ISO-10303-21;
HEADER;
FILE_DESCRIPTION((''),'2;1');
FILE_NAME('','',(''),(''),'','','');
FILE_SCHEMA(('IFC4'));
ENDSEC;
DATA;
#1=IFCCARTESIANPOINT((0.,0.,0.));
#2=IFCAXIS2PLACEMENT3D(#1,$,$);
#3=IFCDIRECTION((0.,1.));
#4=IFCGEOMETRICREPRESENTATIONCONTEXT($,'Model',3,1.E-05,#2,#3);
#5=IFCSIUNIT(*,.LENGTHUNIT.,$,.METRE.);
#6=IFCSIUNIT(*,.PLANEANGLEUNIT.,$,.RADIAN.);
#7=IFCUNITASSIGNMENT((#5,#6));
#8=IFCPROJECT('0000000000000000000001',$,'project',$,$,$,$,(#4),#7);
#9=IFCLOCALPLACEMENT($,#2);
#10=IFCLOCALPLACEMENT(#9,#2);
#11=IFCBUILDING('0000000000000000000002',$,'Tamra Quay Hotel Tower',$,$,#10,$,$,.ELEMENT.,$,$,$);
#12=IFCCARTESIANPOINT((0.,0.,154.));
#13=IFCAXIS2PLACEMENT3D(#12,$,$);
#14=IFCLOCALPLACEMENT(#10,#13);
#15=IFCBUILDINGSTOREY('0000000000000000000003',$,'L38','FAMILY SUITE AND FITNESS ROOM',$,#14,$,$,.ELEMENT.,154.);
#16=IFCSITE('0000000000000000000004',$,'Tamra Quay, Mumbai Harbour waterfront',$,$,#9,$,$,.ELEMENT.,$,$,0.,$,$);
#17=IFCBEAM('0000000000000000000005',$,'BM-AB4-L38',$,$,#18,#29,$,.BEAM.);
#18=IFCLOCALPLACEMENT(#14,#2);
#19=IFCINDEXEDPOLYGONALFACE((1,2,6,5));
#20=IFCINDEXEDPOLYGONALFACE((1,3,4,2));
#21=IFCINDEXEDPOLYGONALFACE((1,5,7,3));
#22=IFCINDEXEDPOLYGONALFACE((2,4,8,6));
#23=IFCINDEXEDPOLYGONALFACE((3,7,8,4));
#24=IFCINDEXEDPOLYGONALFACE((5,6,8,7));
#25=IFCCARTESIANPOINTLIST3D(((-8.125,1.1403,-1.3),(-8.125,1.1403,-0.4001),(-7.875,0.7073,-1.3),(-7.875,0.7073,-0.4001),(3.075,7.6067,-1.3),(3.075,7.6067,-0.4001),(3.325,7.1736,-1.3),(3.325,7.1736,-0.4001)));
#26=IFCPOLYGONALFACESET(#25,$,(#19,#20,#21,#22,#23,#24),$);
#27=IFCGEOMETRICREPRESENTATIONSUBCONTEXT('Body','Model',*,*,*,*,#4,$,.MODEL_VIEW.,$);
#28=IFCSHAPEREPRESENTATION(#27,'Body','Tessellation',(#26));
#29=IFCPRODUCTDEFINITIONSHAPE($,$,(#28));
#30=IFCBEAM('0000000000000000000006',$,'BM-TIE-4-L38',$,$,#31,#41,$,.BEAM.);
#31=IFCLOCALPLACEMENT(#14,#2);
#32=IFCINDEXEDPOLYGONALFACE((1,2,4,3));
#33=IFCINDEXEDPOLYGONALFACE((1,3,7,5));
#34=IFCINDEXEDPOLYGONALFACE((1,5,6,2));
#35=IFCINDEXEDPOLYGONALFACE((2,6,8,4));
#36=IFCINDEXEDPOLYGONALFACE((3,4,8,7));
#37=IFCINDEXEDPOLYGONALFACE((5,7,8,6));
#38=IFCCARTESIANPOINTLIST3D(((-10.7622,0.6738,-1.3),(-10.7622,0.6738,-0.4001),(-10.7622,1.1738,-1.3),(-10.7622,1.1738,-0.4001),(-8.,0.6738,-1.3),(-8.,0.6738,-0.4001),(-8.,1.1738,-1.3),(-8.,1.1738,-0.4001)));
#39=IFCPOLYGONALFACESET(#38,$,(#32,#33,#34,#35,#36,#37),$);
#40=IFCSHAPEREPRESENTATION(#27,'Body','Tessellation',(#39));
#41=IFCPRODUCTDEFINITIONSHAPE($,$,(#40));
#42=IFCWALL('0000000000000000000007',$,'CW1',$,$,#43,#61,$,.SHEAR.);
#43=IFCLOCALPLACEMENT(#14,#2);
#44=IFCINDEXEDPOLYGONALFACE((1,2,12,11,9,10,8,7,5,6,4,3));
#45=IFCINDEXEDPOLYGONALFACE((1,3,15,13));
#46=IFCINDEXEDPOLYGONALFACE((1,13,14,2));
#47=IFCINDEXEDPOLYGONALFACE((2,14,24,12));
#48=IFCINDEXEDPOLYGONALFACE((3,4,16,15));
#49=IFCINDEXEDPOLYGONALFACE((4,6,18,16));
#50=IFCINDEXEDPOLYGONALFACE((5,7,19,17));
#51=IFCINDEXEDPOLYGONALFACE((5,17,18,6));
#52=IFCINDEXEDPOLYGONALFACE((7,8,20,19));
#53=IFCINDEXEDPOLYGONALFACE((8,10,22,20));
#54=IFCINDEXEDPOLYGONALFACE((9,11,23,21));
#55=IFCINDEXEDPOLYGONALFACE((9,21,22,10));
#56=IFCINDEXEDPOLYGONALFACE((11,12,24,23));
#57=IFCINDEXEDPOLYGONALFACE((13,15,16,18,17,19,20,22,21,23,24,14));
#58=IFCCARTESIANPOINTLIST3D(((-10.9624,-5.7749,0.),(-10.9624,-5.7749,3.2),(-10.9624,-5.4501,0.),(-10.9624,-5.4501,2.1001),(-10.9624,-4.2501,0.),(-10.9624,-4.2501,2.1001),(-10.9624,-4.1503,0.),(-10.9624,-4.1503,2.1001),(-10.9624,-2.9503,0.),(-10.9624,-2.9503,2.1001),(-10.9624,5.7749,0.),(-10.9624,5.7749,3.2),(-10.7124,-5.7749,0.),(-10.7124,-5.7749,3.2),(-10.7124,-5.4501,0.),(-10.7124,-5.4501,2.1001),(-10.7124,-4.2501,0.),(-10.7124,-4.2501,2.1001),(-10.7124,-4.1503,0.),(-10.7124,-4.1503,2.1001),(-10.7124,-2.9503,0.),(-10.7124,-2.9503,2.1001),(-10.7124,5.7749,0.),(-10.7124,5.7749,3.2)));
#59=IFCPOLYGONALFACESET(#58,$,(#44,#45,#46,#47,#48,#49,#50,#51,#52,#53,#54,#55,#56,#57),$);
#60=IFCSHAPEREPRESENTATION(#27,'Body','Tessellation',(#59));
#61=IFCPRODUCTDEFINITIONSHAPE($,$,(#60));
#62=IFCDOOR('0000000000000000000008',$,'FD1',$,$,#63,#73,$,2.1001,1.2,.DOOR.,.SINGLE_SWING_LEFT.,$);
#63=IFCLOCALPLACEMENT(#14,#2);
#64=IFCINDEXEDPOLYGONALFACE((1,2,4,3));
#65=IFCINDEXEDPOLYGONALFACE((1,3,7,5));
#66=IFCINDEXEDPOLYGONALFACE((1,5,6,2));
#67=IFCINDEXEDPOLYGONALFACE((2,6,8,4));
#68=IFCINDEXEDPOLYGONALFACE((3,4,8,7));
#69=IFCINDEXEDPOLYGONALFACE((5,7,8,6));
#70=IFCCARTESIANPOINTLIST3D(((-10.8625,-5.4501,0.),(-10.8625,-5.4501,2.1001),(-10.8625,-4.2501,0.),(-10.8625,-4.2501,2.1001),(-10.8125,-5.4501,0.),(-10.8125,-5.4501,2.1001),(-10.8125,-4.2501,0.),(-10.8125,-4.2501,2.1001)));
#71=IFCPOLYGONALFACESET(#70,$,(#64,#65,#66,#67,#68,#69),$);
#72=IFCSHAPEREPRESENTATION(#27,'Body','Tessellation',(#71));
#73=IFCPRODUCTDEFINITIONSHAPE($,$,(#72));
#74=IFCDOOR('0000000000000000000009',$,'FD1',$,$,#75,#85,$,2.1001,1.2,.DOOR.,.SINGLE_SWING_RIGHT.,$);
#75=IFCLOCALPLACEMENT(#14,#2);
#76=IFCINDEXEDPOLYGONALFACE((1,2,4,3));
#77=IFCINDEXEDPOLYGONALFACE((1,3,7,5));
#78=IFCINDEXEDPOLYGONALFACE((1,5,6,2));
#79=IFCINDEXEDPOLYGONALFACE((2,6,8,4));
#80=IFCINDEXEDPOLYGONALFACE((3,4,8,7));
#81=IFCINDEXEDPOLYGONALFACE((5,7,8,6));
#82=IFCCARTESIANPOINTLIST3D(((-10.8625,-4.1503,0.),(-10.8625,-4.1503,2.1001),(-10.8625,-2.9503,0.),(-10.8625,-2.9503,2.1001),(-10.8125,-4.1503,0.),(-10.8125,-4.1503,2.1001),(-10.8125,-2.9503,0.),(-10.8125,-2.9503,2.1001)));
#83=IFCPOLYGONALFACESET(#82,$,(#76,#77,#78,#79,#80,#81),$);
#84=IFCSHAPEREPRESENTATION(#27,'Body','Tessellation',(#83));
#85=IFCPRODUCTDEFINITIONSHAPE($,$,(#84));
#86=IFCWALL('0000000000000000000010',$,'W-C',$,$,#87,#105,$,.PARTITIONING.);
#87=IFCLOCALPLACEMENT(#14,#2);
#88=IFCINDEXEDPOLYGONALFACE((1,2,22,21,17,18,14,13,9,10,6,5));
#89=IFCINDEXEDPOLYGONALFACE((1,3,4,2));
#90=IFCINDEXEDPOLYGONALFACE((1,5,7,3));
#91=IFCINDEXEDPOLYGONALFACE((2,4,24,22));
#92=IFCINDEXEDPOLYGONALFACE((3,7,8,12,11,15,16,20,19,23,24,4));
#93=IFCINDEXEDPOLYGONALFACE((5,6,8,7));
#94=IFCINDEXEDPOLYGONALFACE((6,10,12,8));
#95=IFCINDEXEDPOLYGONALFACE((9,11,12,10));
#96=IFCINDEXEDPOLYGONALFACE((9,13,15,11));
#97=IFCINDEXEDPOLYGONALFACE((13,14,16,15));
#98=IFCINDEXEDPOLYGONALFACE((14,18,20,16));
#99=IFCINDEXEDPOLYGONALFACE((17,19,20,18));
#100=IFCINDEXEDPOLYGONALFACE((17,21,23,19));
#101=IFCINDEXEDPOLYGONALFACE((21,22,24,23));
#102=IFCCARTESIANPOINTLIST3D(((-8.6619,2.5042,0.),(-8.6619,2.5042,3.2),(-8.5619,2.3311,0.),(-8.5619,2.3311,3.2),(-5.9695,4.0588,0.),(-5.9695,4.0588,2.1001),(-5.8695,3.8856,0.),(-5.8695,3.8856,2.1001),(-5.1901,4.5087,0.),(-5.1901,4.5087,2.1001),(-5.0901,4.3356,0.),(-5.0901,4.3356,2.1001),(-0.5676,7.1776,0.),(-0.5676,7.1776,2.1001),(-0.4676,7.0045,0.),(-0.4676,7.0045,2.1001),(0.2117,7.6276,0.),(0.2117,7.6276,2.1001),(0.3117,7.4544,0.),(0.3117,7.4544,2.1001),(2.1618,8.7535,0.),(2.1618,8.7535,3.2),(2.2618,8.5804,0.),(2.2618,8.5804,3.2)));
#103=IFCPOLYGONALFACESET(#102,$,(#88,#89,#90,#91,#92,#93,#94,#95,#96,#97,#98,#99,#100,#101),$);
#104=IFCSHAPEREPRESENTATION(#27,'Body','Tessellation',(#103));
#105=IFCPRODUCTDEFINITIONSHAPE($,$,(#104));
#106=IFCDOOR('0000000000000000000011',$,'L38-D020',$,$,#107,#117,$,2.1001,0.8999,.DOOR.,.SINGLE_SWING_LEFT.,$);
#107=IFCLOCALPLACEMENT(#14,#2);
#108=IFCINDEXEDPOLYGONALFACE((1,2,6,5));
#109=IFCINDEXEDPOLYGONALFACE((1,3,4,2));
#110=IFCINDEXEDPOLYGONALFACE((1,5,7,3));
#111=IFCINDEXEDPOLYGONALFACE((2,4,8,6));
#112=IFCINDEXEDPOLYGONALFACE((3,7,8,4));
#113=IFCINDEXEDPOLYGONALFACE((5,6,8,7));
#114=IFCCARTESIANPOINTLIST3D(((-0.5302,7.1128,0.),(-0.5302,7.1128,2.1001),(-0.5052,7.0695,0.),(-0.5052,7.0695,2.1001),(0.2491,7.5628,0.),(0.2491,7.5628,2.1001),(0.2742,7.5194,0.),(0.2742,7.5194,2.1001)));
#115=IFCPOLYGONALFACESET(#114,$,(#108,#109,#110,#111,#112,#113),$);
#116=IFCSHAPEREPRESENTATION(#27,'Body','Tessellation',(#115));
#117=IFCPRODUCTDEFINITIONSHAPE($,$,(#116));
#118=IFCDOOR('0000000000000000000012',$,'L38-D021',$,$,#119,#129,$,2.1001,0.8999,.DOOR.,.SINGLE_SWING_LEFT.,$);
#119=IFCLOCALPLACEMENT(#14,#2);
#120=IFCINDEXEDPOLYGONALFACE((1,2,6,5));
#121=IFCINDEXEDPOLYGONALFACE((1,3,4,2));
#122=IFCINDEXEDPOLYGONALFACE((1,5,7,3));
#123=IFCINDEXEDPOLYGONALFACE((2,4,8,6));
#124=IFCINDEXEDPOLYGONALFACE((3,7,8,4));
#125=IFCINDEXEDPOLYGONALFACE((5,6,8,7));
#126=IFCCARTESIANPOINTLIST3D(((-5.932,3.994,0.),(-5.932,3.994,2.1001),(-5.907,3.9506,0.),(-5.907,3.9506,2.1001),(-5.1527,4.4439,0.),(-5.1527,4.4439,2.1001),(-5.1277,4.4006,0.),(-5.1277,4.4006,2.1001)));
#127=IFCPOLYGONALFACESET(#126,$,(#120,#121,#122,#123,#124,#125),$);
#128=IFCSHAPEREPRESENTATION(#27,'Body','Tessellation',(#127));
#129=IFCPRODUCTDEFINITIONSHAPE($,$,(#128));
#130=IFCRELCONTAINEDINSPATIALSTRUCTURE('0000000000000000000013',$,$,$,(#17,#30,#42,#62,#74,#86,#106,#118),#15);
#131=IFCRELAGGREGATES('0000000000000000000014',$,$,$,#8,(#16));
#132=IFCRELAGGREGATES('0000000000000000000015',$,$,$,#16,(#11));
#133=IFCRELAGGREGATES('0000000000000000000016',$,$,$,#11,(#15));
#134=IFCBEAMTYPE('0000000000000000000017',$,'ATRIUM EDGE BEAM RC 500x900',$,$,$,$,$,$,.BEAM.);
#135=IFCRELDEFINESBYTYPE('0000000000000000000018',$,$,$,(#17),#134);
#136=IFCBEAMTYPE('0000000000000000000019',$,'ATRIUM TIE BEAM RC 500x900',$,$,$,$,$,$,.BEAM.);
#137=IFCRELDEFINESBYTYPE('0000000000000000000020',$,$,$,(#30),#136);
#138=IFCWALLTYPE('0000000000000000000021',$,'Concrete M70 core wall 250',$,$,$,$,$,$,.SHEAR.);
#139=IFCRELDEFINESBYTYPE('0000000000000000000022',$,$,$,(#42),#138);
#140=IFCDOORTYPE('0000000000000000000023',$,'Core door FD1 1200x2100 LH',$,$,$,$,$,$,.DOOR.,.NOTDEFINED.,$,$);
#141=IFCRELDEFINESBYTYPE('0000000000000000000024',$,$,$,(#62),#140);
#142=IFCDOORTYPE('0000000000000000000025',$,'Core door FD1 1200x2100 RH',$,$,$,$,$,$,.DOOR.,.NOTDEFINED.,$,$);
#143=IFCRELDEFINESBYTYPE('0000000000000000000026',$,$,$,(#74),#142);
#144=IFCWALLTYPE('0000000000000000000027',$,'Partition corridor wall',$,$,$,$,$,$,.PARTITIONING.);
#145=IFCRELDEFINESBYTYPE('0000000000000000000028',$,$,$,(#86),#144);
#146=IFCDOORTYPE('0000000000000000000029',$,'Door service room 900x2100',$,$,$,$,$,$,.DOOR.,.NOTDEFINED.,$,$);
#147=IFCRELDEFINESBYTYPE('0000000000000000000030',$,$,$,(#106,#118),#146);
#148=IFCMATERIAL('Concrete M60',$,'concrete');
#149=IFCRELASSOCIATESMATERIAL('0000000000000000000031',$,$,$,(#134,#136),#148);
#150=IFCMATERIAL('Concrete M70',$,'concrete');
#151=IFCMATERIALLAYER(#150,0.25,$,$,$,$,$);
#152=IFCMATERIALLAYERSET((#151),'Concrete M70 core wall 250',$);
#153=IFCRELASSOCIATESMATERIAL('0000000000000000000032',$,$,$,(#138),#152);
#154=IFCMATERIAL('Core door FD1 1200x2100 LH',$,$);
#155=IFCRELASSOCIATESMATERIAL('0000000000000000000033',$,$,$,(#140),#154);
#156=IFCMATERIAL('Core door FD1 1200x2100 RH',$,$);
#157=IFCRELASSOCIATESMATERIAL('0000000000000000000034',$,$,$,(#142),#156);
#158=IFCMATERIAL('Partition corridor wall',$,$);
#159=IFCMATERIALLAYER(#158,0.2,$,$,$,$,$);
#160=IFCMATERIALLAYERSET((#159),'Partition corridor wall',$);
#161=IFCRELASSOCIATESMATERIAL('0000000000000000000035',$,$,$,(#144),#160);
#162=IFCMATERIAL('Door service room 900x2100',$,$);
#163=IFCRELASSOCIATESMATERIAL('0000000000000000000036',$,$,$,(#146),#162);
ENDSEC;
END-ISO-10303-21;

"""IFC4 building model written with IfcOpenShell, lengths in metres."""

from ifc_helpers import new_model, si_unit, direction, frame, frame_2d, origin, origin_2d, place, context, subcontext, project, spatial, rectangle, extrude, material, layer, layer_set, material_profile, profile_set, type_object, element, fill, save


model = new_model("IFC4")

# Units and contexts
model_context = context("Model", 3, precision=1e-05, world=origin(), true_north=direction((0.0, 1.0)))
body_context = subcontext(model_context, "Body", "Model", "MODEL_VIEW")
ifc_project = project(units=[si_unit("LENGTHUNIT", "METRE"), si_unit("PLANEANGLEUNIT", "RADIAN")], contexts=[model_context])

# Site, building, storey
site_placement = place(None, origin())
site = spatial("IfcSite", under=ifc_project, at=site_placement, Name="Tamra Quay, Mumbai Harbour waterfront", CompositionType="ELEMENT", RefElevation=0.0)
building_placement = place(site_placement, origin())
building = spatial("IfcBuilding", under=site, at=building_placement, Name="Tamra Quay Hotel Tower", CompositionType="ELEMENT")
storey_placement = place(building_placement, frame((0.0, 0.0, 154.0)))
storey = spatial("IfcBuildingStorey", under=building, at=storey_placement, Name="L38", Description="FAMILY SUITE AND FITNESS ROOM", CompositionType="ELEMENT", Elevation=154.0)

# Beams
ifc_material_1 = material(Name="Concrete M60", Category="concrete")
ifc_material_profile_1 = material_profile(ifc_material_1, rectangle(XDim=0.5, YDim=0.8999, at=origin_2d()), Name="ATRIUM EDGE BEAM RC 500x900")
ifc_profile_set_1 = profile_set([ifc_material_profile_1], Name="Concrete M60")
beam_type_1 = type_object("IfcBeamType", Name="ATRIUM EDGE BEAM RC 500x900", PredefinedType="BEAM", material=ifc_profile_set_1)
beam_1_placement = place(storey_placement, frame((-8.0, 0.9238, -0.8501), z_axis=(0.866025, 0.500001, 0.0), x_axis=(-0.500001, 0.866025, 0.0)))
element("IfcBeam", 1, at=beam_1_placement, inside=storey, type_object=beam_type_1, Name="BM-AB4-L38", PredefinedType="BEAM", context=body_context, shape_type="SweptSolid", body=[
    extrude(rectangle(XDim=0.5, YDim=0.8999, at=origin_2d()), origin(), (0.0, 0.0, 1.0), 12.9326),
])
ifc_material_profile_2 = material_profile(ifc_material_1, rectangle(XDim=0.5, YDim=0.8999, at=origin_2d()), Name="ATRIUM TIE BEAM RC 500x900")
ifc_profile_set_2 = profile_set([ifc_material_profile_2], Name="Concrete M60")
beam_type_2 = type_object("IfcBeamType", Name="ATRIUM TIE BEAM RC 500x900", PredefinedType="BEAM", material=ifc_profile_set_2)
beam_2_placement = place(storey_placement, frame((-8.0, 0.9238, -0.8501), z_axis=(-1.0, 0.0, 0.0), x_axis=(0.0, -1.0, 0.0)))
element("IfcBeam", 2, at=beam_2_placement, inside=storey, type_object=beam_type_2, Name="BM-TIE-4-L38", PredefinedType="BEAM", context=body_context, shape_type="SweptSolid", body=[
    extrude(rectangle(XDim=0.5, YDim=0.8999, at=origin_2d()), origin(), (0.0, 0.0, 1.0), 2.7622),
])

# Walls, openings, doors
ifc_material_2 = material(Name="Concrete M70", Category="concrete")
ifc_layer_1 = layer(ifc_material_2, 0.25)
ifc_layer_set_1 = layer_set([ifc_layer_1], Name="Concrete M70 core wall 250")
wall_type_1 = type_object("IfcWallType", Name="Concrete M70 core wall 250", PredefinedType="SHEAR", material=ifc_layer_set_1)
wall_1_placement = place(storey_placement, frame((-10.8374, 5.7749, 0.0), z_axis=(0.0, 0.0, 1.0), x_axis=(0.0, -1.0, 0.0)))
wall_1 = element("IfcWall", 3, at=wall_1_placement, inside=storey, type_object=wall_type_1, Name="CW1", PredefinedType="SHEAR", context=body_context, shape_type="SweptSolid", body=[
    extrude(rectangle(XDim=11.5498, YDim=0.25, at=frame_2d((5.7749, 0.0))), origin(), (0.0, 0.0, 1.0), 3.2),
])
opening_1_placement = place(wall_1_placement, frame((10.0249, 0.0, 0.0)))
opening_1 = element("IfcOpeningElement", 4, at=opening_1_placement, cuts=wall_1, PredefinedType="OPENING", context=body_context, shape_type="SweptSolid", body=[
    extrude(rectangle(XDim=1.2, YDim=2.1001, at=frame_2d((0.6001, 1.05))), frame((0.0, 0.135, 0.0), z_axis=(0.0, -1.0, 0.0), x_axis=(1.0, 0.0, 0.0)), (0.0, 0.0, 1.0), 0.27),
])
opening_2_placement = place(wall_1_placement, frame((8.7251, 0.0, 0.0)))
opening_2 = element("IfcOpeningElement", 5, at=opening_2_placement, cuts=wall_1, PredefinedType="OPENING", context=body_context, shape_type="SweptSolid", body=[
    extrude(rectangle(XDim=1.2, YDim=2.1001, at=frame_2d((0.6001, 1.05))), frame((0.0, 0.135, 0.0), z_axis=(0.0, -1.0, 0.0), x_axis=(1.0, 0.0, 0.0)), (0.0, 0.0, 1.0), 0.27),
])
ifc_material_3 = material(Name="Core door FD1 1200x2100 LH")
door_type_1 = type_object("IfcDoorType", Name="Core door FD1 1200x2100 LH", OperationType="NOTDEFINED", PredefinedType="DOOR", material=ifc_material_3)
door_1_placement = place(opening_1_placement, origin())
door_1 = element("IfcDoor", 6, at=door_1_placement, inside=storey, type_object=door_type_1, Name="FD1", OperationType="SINGLE_SWING_LEFT", OverallHeight=2.1001, OverallWidth=1.2, PredefinedType="DOOR", context=body_context, shape_type="SweptSolid", body=[
    extrude(rectangle(XDim=1.2, YDim=2.1001, at=frame_2d((0.6001, 1.05))), frame((0.0, 0.0249, 0.0), z_axis=(0.0, -1.0, 0.0), x_axis=(1.0, 0.0, 0.0)), (0.0, 0.0, 1.0), 0.05),
])
fill(opening_1, door_1)
ifc_material_4 = material(Name="Core door FD1 1200x2100 RH")
door_type_2 = type_object("IfcDoorType", Name="Core door FD1 1200x2100 RH", OperationType="NOTDEFINED", PredefinedType="DOOR", material=ifc_material_4)
door_2_placement = place(opening_2_placement, origin())
door_2 = element("IfcDoor", 7, at=door_2_placement, inside=storey, type_object=door_type_2, Name="FD1", OperationType="SINGLE_SWING_RIGHT", OverallHeight=2.1001, OverallWidth=1.2, PredefinedType="DOOR", context=body_context, shape_type="SweptSolid", body=[
    extrude(rectangle(XDim=1.2, YDim=2.1001, at=frame_2d((0.6001, 1.05))), frame((0.0, 0.0249, 0.0), z_axis=(0.0, -1.0, 0.0), x_axis=(1.0, 0.0, 0.0)), (0.0, 0.0, 1.0), 0.05),
])
fill(opening_2, door_2)
ifc_material_5 = material(Name="Partition corridor wall")
ifc_layer_2 = layer(ifc_material_5, 0.2)
ifc_layer_set_2 = layer_set([ifc_layer_2], Name="Partition corridor wall")
wall_type_2 = type_object("IfcWallType", Name="Partition corridor wall", PredefinedType="PARTITIONING", material=ifc_layer_set_2)
wall_2_placement = place(storey_placement, frame((-8.6118, 2.4177, 0.0), z_axis=(0.0, 0.0, 1.0), x_axis=(0.866019, 0.500011, 0.0)))
wall_2 = element("IfcWall", 8, at=wall_2_placement, inside=storey, type_object=wall_type_2, Name="W-C", PredefinedType="PARTITIONING", context=body_context, shape_type="SweptSolid", body=[
    extrude(rectangle(XDim=12.4983, YDim=0.2, at=frame_2d((6.249, 0.0))), origin(), (0.0, 0.0, 1.0), 3.2),
])
opening_3_placement = place(wall_2_placement, frame((9.3464, 0.0, 0.0)))
opening_3 = element("IfcOpeningElement", 9, at=opening_3_placement, cuts=wall_2, PredefinedType="OPENING", context=body_context, shape_type="SweptSolid", body=[
    extrude(rectangle(XDim=0.8999, YDim=2.1001, at=frame_2d((0.45, 1.05))), frame((0.0, 0.1099, 0.0), z_axis=(0.0, -1.0, 0.0), x_axis=(1.0, 0.0, 0.0)), (0.0, 0.0, 1.0), 0.22),
])
opening_4_placement = place(wall_2_placement, frame((3.1089, 0.0, 0.0)))
opening_4 = element("IfcOpeningElement", 10, at=opening_4_placement, cuts=wall_2, PredefinedType="OPENING", context=body_context, shape_type="SweptSolid", body=[
    extrude(rectangle(XDim=0.8999, YDim=2.1001, at=frame_2d((0.45, 1.05))), frame((0.0, 0.1099, 0.0), z_axis=(0.0, -1.0, 0.0), x_axis=(1.0, 0.0, 0.0)), (0.0, 0.0, 1.0), 0.22),
])
ifc_material_6 = material(Name="Door service room 900x2100")
door_type_3 = type_object("IfcDoorType", Name="Door service room 900x2100", OperationType="NOTDEFINED", PredefinedType="DOOR", material=ifc_material_6)
door_3_placement = place(opening_3_placement, frame((0.8999, 0.0, 0.0), z_axis=(0.0, 0.0, 1.0), x_axis=(-1.0, 0.0, 0.0)))
door_3 = element("IfcDoor", 11, at=door_3_placement, inside=storey, type_object=door_type_3, Name="L38-D020", OperationType="SINGLE_SWING_LEFT", OverallHeight=2.1001, OverallWidth=0.8999, PredefinedType="DOOR", context=body_context, shape_type="SweptSolid", body=[
    extrude(rectangle(XDim=0.8999, YDim=2.1001, at=frame_2d((0.45, 1.05))), frame((0.0, 0.0249, 0.0), z_axis=(0.0, -1.0, 0.0), x_axis=(1.0, 0.0, 0.0)), (0.0, 0.0, 1.0), 0.05),
])
fill(opening_3, door_3)
door_4_placement = place(opening_4_placement, frame((0.8999, 0.0, 0.0), z_axis=(0.0, 0.0, 1.0), x_axis=(-1.0, 0.0, 0.0)))
door_4 = element("IfcDoor", 12, at=door_4_placement, inside=storey, type_object=door_type_3, Name="L38-D021", OperationType="SINGLE_SWING_LEFT", OverallHeight=2.1001, OverallWidth=0.8999, PredefinedType="DOOR", context=body_context, shape_type="SweptSolid", body=[
    extrude(rectangle(XDim=0.8999, YDim=2.1001, at=frame_2d((0.45, 1.05))), frame((0.0, 0.0249, 0.0), z_axis=(0.0, -1.0, 0.0), x_axis=(1.0, 0.0, 0.0)), (0.0, 0.0, 1.0), 0.05),
])
fill(opening_4, door_4)

save(model, "model.ifc")
